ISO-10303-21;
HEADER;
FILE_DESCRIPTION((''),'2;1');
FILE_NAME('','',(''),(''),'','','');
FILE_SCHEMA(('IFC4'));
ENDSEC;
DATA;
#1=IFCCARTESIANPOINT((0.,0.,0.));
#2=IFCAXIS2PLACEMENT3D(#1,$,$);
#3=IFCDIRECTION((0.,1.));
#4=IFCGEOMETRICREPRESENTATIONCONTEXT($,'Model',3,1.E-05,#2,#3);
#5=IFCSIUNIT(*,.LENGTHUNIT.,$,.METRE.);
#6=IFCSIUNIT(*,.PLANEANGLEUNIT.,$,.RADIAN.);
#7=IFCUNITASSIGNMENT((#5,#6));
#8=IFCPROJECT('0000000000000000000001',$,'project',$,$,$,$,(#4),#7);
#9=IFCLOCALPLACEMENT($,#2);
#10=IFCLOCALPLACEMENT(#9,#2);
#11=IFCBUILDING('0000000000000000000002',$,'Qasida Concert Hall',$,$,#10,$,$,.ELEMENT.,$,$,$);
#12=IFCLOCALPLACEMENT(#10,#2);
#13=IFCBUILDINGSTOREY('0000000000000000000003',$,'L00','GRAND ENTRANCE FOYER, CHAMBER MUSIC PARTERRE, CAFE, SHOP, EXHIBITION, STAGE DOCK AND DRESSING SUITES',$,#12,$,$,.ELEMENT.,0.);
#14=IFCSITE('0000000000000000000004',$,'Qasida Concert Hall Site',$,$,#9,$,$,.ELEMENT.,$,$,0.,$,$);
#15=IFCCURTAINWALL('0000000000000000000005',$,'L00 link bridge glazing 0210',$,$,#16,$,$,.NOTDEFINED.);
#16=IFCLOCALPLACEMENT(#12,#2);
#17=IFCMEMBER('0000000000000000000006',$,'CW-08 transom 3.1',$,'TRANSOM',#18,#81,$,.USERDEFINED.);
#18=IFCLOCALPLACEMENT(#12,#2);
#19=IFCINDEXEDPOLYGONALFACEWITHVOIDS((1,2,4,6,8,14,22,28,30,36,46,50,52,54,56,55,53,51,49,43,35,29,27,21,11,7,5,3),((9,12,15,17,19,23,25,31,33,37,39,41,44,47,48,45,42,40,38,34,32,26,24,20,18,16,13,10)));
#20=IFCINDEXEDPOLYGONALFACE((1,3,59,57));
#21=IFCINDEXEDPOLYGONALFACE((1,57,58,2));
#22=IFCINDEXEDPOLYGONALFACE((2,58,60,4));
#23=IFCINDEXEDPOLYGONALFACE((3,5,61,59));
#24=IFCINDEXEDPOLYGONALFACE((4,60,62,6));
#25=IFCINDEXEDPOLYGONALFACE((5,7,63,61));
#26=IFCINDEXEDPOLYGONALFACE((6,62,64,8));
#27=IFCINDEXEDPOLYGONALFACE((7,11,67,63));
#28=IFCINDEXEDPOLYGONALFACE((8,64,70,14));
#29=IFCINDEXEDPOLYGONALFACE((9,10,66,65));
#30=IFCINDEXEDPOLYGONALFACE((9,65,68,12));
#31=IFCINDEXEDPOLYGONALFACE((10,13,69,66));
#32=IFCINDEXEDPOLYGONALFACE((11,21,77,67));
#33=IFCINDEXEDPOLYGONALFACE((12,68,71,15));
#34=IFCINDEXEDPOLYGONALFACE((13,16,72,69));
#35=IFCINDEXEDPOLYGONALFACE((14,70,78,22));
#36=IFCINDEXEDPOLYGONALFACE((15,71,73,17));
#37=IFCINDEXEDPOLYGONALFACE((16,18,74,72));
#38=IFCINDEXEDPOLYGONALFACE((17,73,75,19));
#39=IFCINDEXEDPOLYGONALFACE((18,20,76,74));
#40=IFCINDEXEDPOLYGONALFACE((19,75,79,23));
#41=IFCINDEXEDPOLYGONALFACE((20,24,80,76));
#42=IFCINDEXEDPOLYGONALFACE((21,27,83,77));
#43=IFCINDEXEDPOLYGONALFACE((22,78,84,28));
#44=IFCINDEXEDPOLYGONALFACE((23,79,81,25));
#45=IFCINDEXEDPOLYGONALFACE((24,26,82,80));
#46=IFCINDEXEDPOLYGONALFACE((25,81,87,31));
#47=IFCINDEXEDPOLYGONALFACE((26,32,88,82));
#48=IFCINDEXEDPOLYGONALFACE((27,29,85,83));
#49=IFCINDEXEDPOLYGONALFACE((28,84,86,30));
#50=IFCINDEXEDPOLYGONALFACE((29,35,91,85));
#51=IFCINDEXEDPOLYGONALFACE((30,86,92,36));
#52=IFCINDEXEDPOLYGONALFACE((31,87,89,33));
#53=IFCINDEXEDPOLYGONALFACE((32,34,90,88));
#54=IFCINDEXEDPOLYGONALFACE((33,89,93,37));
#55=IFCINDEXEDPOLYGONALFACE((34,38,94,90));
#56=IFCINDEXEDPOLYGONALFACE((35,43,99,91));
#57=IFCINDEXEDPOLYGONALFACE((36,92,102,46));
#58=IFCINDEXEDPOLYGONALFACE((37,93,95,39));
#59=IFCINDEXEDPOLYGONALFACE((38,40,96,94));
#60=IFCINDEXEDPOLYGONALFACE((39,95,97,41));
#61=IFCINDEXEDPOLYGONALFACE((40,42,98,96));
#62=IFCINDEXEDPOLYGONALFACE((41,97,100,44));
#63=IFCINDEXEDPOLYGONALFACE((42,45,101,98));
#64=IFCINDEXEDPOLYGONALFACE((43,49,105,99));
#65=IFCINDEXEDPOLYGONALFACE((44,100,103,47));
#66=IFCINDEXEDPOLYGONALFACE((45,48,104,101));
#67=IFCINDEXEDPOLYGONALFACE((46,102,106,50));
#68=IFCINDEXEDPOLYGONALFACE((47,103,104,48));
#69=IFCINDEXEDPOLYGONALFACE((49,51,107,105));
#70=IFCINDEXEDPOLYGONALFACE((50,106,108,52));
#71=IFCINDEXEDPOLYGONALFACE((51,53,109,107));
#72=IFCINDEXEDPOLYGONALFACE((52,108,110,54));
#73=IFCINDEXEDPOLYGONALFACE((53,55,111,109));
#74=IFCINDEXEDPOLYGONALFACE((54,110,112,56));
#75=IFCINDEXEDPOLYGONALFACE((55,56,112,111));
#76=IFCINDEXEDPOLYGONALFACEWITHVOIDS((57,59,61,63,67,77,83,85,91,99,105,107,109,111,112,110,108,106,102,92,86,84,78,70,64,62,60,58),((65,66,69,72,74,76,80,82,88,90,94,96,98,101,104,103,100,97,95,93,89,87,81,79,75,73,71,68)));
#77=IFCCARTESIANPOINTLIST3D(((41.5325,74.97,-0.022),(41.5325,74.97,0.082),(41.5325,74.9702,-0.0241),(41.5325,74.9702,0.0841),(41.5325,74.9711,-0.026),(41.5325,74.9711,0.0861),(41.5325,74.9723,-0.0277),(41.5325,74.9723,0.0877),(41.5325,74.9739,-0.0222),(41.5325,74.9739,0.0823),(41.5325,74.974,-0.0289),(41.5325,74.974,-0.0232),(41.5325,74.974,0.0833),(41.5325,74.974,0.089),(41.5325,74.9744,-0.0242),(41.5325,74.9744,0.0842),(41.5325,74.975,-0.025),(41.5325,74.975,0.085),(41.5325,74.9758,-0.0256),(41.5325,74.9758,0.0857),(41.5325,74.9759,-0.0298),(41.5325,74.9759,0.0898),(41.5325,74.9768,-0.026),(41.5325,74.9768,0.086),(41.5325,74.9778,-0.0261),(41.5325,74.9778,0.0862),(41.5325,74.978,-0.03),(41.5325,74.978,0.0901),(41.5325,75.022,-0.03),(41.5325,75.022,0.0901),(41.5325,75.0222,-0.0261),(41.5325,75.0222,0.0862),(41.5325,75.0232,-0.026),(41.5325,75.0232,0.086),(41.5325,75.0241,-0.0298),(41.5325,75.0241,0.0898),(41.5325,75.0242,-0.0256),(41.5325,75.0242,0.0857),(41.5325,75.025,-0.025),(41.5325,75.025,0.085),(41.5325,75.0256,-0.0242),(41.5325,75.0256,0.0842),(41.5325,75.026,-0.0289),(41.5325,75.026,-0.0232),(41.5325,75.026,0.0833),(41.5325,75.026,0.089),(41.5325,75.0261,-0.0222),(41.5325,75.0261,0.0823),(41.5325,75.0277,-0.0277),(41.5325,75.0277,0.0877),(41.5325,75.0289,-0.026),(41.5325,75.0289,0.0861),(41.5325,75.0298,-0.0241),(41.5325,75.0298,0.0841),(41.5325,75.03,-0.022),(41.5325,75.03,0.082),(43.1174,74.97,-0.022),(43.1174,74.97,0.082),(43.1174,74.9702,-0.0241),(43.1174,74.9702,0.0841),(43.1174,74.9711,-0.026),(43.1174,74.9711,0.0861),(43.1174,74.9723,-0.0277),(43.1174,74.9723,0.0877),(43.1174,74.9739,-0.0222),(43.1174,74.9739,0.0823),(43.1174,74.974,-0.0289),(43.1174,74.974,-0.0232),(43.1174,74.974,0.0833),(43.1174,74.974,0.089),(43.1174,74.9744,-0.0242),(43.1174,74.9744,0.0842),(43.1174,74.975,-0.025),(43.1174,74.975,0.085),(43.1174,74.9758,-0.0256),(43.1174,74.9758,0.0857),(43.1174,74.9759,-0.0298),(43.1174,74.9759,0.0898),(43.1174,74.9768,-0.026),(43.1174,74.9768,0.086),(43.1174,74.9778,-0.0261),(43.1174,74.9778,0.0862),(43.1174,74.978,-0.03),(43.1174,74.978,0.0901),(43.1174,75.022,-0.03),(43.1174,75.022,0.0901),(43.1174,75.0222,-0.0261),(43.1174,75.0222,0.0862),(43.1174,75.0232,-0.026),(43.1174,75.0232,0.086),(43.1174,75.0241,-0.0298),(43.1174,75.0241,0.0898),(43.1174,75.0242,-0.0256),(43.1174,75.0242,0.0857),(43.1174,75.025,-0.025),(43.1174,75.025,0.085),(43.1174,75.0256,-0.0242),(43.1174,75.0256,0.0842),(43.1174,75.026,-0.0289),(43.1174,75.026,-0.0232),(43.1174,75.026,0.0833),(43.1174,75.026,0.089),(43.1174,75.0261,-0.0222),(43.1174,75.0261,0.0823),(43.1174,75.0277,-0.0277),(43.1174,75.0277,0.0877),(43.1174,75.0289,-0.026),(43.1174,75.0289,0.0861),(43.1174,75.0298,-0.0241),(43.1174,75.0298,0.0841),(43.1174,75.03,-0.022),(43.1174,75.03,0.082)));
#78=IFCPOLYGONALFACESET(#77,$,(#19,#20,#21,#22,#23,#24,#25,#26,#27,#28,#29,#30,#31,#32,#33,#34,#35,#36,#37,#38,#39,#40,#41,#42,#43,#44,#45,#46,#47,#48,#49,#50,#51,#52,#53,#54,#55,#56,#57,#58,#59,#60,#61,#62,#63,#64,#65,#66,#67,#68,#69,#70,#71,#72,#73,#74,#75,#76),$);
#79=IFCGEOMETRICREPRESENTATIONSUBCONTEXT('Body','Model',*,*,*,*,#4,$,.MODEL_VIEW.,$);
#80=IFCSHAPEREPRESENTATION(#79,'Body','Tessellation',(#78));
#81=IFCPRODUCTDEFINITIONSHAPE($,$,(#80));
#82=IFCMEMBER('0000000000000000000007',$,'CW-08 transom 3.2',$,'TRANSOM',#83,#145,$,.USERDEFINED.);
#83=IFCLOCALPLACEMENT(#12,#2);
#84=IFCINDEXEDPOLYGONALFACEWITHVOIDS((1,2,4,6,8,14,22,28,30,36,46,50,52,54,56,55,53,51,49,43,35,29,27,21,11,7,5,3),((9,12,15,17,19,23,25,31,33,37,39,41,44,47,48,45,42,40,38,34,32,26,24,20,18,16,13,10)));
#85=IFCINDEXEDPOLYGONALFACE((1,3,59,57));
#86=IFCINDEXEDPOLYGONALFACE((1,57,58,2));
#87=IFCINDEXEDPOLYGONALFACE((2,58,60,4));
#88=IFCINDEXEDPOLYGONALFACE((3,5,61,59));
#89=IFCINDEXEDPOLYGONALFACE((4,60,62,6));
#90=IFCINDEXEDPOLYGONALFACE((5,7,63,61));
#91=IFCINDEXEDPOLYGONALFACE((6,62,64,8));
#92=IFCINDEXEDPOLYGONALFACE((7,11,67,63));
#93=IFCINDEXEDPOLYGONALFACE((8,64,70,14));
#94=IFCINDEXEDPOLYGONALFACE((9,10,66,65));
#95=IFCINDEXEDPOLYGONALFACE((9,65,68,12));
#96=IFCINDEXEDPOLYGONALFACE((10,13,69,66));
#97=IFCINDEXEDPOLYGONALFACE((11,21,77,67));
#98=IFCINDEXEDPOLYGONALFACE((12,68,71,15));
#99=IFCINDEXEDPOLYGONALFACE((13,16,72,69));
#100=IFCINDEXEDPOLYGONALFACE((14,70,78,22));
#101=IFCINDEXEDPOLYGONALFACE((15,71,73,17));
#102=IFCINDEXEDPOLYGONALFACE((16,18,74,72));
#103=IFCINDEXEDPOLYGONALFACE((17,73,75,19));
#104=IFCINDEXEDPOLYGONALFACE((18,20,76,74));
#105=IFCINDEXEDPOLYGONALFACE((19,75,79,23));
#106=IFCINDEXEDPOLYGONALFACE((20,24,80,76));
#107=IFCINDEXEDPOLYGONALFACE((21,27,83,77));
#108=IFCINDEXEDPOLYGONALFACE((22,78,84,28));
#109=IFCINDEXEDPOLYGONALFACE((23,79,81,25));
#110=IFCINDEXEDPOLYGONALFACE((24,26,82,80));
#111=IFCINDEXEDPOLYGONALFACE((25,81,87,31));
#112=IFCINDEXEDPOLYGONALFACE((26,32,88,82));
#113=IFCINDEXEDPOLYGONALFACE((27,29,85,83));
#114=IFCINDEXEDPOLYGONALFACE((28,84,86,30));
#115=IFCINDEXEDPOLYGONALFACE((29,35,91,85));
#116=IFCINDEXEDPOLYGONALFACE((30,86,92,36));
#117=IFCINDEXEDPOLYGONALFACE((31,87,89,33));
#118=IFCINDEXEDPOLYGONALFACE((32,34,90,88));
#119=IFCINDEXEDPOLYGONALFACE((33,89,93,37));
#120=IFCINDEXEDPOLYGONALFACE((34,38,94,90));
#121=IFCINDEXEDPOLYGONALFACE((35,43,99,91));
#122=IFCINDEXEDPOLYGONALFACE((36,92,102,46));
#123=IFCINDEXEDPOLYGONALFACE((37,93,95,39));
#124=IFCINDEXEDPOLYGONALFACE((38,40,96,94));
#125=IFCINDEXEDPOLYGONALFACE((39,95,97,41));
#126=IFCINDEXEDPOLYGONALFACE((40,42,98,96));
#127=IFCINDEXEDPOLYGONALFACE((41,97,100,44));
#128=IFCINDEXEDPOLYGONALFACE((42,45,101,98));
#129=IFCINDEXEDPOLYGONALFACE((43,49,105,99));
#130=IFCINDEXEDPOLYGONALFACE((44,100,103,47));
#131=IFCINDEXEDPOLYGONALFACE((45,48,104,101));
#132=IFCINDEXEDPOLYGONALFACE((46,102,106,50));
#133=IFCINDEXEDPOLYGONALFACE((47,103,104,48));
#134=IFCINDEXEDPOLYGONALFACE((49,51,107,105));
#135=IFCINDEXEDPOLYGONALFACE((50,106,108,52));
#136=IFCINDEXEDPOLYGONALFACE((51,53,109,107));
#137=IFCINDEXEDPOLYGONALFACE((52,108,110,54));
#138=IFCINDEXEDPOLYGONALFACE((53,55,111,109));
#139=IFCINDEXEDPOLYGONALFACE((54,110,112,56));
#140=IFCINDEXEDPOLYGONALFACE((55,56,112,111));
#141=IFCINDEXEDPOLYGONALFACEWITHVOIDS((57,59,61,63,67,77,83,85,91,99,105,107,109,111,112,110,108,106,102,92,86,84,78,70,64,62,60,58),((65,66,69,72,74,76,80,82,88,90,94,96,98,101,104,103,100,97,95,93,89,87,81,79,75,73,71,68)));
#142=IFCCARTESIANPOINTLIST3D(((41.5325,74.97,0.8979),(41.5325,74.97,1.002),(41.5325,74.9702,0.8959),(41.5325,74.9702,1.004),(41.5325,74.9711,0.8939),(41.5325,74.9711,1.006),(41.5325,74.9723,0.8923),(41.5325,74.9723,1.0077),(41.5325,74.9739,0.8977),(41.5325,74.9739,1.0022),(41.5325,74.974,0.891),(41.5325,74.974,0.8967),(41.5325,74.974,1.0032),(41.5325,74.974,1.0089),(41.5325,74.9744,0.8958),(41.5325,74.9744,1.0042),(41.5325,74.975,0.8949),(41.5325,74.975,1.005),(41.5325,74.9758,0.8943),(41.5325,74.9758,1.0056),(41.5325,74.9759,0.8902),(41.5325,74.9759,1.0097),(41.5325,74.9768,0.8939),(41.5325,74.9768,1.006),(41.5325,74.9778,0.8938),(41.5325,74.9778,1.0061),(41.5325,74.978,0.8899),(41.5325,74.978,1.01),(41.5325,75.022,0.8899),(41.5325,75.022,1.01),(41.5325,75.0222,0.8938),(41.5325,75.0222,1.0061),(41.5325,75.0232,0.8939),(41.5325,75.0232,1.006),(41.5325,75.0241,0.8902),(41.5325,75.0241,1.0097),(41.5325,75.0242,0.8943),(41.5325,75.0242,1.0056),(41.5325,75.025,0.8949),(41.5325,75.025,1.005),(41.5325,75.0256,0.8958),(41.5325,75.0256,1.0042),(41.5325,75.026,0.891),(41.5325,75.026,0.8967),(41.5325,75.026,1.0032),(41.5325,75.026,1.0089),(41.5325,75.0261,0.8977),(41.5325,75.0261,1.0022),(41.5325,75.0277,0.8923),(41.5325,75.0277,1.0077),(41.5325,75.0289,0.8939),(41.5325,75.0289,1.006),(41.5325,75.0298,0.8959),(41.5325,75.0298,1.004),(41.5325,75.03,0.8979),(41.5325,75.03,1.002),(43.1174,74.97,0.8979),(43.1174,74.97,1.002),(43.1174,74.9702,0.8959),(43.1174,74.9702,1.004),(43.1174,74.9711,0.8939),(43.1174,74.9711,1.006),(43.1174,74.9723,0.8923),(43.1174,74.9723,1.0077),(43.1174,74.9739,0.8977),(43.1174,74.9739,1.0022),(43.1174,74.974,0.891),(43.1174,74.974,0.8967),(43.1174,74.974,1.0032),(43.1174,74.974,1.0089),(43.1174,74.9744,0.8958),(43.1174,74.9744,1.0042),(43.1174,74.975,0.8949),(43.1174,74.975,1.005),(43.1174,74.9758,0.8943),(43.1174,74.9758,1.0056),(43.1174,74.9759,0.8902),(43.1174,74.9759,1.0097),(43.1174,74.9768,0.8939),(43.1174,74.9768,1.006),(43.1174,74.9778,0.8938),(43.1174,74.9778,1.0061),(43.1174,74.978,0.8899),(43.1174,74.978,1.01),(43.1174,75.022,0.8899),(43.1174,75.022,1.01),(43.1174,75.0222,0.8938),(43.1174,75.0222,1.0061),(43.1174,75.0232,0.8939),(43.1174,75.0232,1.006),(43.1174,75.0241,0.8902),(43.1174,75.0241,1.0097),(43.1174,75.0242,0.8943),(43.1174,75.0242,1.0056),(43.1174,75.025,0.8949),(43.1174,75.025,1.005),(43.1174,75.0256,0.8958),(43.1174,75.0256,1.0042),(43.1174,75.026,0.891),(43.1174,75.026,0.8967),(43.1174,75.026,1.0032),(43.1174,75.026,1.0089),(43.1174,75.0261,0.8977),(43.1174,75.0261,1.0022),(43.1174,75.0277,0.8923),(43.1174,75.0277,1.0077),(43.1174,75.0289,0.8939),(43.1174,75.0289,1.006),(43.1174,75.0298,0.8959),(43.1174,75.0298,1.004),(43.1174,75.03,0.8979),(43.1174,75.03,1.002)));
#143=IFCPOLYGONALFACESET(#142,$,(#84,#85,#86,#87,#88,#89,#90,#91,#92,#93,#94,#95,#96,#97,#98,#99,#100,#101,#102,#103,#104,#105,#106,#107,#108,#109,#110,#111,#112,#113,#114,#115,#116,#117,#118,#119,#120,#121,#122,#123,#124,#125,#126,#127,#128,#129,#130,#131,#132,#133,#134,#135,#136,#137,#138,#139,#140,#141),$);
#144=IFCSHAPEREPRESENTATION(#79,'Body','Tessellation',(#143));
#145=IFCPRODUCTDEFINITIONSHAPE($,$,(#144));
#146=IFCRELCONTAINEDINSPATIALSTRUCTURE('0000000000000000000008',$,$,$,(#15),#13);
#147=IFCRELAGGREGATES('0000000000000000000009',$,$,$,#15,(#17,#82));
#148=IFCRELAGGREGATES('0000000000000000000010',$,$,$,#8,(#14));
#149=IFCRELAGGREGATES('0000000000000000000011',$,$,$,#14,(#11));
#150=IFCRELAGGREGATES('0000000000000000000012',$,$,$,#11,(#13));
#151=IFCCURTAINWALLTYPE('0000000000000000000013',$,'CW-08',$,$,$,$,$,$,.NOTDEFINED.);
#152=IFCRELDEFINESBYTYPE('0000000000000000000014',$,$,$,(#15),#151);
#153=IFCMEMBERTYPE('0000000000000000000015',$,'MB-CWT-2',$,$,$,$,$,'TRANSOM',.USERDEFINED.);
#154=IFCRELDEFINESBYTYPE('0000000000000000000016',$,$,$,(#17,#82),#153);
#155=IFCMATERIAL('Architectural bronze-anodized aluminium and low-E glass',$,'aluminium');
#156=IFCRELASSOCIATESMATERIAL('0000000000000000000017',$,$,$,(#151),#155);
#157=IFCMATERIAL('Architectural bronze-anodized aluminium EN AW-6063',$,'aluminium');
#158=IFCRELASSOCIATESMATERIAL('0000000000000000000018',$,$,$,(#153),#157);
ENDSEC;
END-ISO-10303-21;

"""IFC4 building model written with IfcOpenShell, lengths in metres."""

from ifc_helpers import new_model, si_unit, direction, frame, origin, origin_2d, place, context, subcontext, project, spatial, hollow_rectangle, extrude, material, material_profile, profile_set, type_object, element, aggregate, save


model = new_model("IFC4")

# Units and contexts
model_context = context("Model", 3, precision=1e-05, world=origin(), true_north=direction((0.0, 1.0)))
body_context = subcontext(model_context, "Body", "Model", "MODEL_VIEW")
ifc_project = project(units=[si_unit("LENGTHUNIT", "METRE"), si_unit("PLANEANGLEUNIT", "RADIAN")], contexts=[model_context])

# Site, building, storey
site_placement = place(None, origin())
site = spatial("IfcSite", under=ifc_project, at=site_placement, Name="Qasida Concert Hall Site", CompositionType="ELEMENT", RefElevation=0.0)
building_placement = place(site_placement, origin())
building = spatial("IfcBuilding", under=site, at=building_placement, Name="Qasida Concert Hall", CompositionType="ELEMENT")
storey_placement = place(building_placement, origin())
storey = spatial("IfcBuildingStorey", under=building, at=storey_placement, Name="L00", Description="GRAND ENTRANCE FOYER, CHAMBER MUSIC PARTERRE, CAFE, SHOP, EXHIBITION, STAGE DOCK AND DRESSING SUITES", CompositionType="ELEMENT", Elevation=0.0)

# Curtain wall, members
ifc_material_1 = material(Name="Architectural bronze-anodized aluminium and low-E glass", Category="aluminium")
curtain_wall_type = type_object("IfcCurtainWallType", Name="CW-08", PredefinedType="NOTDEFINED", material=ifc_material_1)
curtain_wall_placement = place(storey_placement, origin())
curtain_wall = element("IfcCurtainWall", 1, at=curtain_wall_placement, inside=storey, type_object=curtain_wall_type, Name="L00 link bridge glazing 0210", PredefinedType="NOTDEFINED")
ifc_material_2 = material(Name="Architectural bronze-anodized aluminium EN AW-6063", Category="aluminium")
ifc_material_profile_1 = material_profile(ifc_material_2, hollow_rectangle(XDim=0.0601, YDim=0.1201, WallThickness=0.0039, InnerFilletRadius=0.0039, OuterFilletRadius=0.0081, at=origin_2d()), Name="CWT 120x60x4")
ifc_profile_set_1 = profile_set([ifc_material_profile_1], Name="Architectural bronze-anodized aluminium EN AW-6063")
member_type_1 = type_object("IfcMemberType", Name="MB-CWT-2", ElementType="TRANSOM", PredefinedType="USERDEFINED", material=ifc_profile_set_1)
member_1_placement = place(storey_placement, frame((41.5325, 75.0, 0.03), z_axis=(1.0, 0.0, 0.0), x_axis=(0.0, 1.0, 0.0)))
member_1 = element("IfcMember", 2, at=member_1_placement, type_object=member_type_1, Name="CW-08 transom 3.1", ObjectType="TRANSOM", PredefinedType="USERDEFINED", context=body_context, shape_type="SweptSolid", body=[
    extrude(hollow_rectangle(XDim=0.0601, YDim=0.1201, WallThickness=0.0039, InnerFilletRadius=0.0039, OuterFilletRadius=0.0081, at=origin_2d()), origin(), (0.0, 0.0, 1.0), 1.585),
])
member_2_placement = place(storey_placement, frame((41.5325, 75.0, 0.95), z_axis=(1.0, 0.0, 0.0), x_axis=(0.0, 1.0, 0.0)))
member_2 = element("IfcMember", 3, at=member_2_placement, type_object=member_type_1, Name="CW-08 transom 3.2", ObjectType="TRANSOM", PredefinedType="USERDEFINED", context=body_context, shape_type="SweptSolid", body=[
    extrude(hollow_rectangle(XDim=0.0601, YDim=0.1201, WallThickness=0.0039, InnerFilletRadius=0.0039, OuterFilletRadius=0.0081, at=origin_2d()), origin(), (0.0, 0.0, 1.0), 1.585),
])
aggregate(curtain_wall, [member_1, member_2])

save(model, "model.ifc")
